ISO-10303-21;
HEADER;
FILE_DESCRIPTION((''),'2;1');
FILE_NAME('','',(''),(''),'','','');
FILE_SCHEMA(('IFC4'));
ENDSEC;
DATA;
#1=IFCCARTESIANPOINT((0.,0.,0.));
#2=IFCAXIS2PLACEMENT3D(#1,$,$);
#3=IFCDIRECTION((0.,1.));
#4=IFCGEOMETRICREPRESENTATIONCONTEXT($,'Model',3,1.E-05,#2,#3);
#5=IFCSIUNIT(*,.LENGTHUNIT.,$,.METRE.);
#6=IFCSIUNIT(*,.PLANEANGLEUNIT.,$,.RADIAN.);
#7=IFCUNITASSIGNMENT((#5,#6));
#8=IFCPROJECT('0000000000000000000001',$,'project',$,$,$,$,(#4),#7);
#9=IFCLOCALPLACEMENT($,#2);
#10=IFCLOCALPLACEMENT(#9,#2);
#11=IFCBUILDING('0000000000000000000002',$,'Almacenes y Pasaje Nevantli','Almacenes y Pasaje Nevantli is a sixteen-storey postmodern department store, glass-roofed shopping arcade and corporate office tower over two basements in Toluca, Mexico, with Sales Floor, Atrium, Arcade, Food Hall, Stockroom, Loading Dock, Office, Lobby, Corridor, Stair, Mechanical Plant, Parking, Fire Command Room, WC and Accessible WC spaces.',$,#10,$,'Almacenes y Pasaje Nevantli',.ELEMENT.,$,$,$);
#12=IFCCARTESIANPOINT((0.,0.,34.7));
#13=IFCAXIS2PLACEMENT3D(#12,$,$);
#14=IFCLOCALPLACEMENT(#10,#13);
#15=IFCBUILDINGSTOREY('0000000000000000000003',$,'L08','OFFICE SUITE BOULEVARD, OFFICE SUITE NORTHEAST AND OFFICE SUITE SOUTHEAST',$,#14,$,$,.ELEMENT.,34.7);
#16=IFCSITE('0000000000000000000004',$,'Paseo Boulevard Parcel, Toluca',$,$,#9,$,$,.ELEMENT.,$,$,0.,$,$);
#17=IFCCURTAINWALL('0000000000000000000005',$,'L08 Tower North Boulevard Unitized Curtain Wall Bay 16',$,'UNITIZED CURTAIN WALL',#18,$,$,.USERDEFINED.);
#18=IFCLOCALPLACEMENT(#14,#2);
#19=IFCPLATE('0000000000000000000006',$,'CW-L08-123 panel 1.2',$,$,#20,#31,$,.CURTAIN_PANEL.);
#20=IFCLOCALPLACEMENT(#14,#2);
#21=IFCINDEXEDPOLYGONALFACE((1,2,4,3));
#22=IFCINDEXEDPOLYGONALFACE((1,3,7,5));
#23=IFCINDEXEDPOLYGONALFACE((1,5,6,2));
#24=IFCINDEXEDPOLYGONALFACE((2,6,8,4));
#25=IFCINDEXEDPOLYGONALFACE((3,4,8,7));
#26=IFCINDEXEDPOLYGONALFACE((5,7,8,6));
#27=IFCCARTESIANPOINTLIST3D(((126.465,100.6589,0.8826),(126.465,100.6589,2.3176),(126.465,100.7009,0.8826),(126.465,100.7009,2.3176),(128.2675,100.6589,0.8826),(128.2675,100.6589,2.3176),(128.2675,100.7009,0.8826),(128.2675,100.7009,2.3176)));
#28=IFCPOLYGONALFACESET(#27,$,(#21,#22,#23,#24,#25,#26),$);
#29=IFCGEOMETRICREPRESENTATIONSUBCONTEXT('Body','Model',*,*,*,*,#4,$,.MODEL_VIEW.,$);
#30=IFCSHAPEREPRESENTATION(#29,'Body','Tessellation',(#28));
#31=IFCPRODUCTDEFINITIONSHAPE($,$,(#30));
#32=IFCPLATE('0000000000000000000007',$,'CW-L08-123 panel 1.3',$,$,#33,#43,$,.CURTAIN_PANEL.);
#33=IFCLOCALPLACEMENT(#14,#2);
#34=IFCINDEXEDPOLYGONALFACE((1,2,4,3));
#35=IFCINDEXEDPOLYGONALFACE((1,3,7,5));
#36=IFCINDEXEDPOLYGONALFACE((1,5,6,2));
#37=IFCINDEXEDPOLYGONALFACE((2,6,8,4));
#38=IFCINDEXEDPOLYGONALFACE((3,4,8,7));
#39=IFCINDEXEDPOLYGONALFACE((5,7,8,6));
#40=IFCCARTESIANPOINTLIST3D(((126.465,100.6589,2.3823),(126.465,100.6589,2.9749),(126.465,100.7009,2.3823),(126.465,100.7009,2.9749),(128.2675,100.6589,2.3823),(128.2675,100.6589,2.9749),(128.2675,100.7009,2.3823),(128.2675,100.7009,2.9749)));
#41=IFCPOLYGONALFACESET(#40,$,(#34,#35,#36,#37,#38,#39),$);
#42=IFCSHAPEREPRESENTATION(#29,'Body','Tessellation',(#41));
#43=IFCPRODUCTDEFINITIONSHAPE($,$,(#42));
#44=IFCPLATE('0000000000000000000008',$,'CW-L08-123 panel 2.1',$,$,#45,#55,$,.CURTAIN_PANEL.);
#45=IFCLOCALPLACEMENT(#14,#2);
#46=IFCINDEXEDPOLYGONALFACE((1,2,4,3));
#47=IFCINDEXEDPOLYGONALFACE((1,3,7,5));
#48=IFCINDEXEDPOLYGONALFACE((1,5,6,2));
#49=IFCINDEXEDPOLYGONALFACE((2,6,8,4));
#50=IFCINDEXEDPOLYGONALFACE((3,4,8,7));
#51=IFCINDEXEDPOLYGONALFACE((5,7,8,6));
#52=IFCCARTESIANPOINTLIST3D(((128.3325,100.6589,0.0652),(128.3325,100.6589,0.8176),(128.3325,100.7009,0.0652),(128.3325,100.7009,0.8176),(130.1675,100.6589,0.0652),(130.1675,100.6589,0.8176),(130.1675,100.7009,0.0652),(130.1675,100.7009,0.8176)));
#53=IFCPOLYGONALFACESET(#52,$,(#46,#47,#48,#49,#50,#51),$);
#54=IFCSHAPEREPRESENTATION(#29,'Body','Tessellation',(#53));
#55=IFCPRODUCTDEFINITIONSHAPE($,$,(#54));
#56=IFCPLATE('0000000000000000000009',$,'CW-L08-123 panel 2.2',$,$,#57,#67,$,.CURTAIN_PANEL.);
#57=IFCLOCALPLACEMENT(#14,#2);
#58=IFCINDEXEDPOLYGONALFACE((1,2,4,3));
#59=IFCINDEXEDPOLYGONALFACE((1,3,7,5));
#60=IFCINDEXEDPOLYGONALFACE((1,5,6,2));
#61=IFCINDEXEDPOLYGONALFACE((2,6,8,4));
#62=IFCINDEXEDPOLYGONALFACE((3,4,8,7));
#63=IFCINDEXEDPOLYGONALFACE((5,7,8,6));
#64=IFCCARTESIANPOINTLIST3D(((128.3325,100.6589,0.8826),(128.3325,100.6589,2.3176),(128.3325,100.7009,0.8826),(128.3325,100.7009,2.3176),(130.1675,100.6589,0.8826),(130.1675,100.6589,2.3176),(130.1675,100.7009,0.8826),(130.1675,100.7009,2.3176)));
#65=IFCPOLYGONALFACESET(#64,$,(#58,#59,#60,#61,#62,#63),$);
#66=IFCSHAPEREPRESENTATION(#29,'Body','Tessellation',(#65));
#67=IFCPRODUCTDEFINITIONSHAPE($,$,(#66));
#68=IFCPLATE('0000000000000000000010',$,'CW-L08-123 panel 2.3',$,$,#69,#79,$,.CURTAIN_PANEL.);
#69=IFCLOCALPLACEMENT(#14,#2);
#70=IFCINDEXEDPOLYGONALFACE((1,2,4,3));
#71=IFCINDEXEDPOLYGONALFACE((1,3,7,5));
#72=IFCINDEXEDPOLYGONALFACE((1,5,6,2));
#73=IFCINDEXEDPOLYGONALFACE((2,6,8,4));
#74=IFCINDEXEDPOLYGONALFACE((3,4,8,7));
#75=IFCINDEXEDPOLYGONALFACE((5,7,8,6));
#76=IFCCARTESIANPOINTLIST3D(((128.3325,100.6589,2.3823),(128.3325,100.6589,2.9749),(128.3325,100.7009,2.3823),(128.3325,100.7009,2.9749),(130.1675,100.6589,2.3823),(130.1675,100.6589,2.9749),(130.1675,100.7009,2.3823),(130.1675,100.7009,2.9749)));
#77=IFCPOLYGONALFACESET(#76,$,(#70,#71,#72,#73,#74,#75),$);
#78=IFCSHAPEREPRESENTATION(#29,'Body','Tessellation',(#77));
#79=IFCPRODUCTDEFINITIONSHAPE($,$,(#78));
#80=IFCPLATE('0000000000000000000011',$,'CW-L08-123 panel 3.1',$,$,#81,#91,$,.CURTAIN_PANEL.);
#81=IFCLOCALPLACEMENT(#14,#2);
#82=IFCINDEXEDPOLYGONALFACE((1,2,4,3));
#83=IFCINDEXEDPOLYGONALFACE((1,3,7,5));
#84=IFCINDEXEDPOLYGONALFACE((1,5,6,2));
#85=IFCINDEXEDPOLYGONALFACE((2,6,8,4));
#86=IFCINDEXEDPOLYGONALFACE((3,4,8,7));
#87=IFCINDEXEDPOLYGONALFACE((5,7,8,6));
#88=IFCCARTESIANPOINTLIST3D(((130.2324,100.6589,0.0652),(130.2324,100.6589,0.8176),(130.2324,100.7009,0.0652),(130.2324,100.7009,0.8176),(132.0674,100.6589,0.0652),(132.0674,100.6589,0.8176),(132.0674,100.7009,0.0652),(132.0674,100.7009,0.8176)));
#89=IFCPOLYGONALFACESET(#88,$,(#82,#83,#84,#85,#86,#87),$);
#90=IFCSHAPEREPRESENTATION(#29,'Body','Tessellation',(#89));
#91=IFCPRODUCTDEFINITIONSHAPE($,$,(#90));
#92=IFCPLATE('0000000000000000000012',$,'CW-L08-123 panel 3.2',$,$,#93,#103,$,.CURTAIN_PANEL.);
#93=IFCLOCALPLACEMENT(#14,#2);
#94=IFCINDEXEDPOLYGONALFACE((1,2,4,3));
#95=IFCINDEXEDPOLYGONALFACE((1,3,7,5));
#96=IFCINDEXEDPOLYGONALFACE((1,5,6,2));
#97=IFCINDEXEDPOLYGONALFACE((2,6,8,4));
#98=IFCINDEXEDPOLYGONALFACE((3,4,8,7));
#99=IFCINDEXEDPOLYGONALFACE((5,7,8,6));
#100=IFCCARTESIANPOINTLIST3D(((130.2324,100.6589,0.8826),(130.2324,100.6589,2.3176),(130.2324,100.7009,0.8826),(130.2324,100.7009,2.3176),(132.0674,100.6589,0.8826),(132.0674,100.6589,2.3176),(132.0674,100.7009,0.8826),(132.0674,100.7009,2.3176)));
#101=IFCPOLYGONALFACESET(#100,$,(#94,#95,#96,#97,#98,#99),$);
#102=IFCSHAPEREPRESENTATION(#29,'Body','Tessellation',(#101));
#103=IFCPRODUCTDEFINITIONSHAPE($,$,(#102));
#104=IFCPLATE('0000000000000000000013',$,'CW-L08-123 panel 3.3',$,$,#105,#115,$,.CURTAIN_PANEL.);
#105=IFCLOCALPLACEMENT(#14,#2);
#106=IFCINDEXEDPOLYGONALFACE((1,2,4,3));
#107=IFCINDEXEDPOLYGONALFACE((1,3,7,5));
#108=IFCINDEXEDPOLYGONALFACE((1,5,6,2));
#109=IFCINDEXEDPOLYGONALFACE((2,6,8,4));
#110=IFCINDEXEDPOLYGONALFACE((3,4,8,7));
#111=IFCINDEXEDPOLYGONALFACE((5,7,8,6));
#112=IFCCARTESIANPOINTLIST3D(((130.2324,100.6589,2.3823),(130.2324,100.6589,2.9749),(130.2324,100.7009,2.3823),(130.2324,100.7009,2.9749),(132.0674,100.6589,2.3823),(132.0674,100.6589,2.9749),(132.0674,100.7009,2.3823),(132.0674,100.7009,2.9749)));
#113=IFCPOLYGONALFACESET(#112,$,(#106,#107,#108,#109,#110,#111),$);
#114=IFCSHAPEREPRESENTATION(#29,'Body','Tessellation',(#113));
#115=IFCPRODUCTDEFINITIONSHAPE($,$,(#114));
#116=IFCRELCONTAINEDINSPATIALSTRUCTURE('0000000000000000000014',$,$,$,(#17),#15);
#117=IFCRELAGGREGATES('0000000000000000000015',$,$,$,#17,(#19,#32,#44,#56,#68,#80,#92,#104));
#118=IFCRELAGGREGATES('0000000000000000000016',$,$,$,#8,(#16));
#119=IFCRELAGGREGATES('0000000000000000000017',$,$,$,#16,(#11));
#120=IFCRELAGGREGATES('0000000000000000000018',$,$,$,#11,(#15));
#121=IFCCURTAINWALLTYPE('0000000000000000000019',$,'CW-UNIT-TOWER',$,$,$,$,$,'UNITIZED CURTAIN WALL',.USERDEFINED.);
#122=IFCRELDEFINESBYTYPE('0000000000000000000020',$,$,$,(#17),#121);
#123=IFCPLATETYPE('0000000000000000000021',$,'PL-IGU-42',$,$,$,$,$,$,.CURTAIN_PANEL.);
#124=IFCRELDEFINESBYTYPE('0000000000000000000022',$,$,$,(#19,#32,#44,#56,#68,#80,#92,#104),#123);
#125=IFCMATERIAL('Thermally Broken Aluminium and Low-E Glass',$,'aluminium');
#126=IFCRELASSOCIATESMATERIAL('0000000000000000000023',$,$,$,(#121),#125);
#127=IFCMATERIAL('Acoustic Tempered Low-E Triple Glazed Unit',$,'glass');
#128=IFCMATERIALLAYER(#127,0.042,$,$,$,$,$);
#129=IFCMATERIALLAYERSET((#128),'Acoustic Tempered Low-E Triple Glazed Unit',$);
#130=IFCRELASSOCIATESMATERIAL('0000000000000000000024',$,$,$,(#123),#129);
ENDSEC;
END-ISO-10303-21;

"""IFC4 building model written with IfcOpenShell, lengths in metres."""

from ifc_helpers import new_model, si_unit, direction, frame, origin, origin_2d, place, context, subcontext, project, spatial, rectangle, extrude, material, layer, layer_set, type_object, element, aggregate, save


model = new_model("IFC4")

# Units and contexts
model_context = context("Model", 3, precision=1e-05, world=origin(), true_north=direction((0.0, 1.0)))
body_context = subcontext(model_context, "Body", "Model", "MODEL_VIEW")
ifc_project = project(units=[si_unit("LENGTHUNIT", "METRE"), si_unit("PLANEANGLEUNIT", "RADIAN")], contexts=[model_context])

# Site, building, storey
site_placement = place(None, origin())
site = spatial("IfcSite", under=ifc_project, at=site_placement, Name="Paseo Boulevard Parcel, Toluca", CompositionType="ELEMENT", RefElevation=0.0)
building_placement = place(site_placement, origin())
building = spatial("IfcBuilding", under=site, at=building_placement, Name="Almacenes y Pasaje Nevantli", Description="Almacenes y Pasaje Nevantli is a sixteen-storey postmodern department store, glass-roofed shopping arcade and corporate office tower over two basements in Toluca, Mexico, with Sales Floor, Atrium, Arcade, Food Hall, Stockroom, Loading Dock, Office, Lobby, Corridor, Stair, Mechanical Plant, Parking, Fire Command Room, WC and Accessible WC spaces.", LongName="Almacenes y Pasaje Nevantli", CompositionType="ELEMENT")
storey_placement = place(building_placement, frame((0.0, 0.0, 34.7)))
storey = spatial("IfcBuildingStorey", under=building, at=storey_placement, Name="L08", Description="OFFICE SUITE BOULEVARD, OFFICE SUITE NORTHEAST AND OFFICE SUITE SOUTHEAST", CompositionType="ELEMENT", Elevation=34.7)

# Curtain wall, plates
ifc_material_1 = material(Name="Thermally Broken Aluminium and Low-E Glass", Category="aluminium")
curtain_wall_type = type_object("IfcCurtainWallType", Name="CW-UNIT-TOWER", ElementType="UNITIZED CURTAIN WALL", PredefinedType="USERDEFINED", material=ifc_material_1)
curtain_wall_placement = place(storey_placement, origin())
curtain_wall = element("IfcCurtainWall", 1, at=curtain_wall_placement, inside=storey, type_object=curtain_wall_type, Name="L08 Tower North Boulevard Unitized Curtain Wall Bay 16", ObjectType="UNITIZED CURTAIN WALL", PredefinedType="USERDEFINED")
ifc_material_2 = material(Name="Acoustic Tempered Low-E Triple Glazed Unit", Category="glass")
ifc_layer = layer(ifc_material_2, 0.042)
ifc_layer_set = layer_set([ifc_layer], Name="Acoustic Tempered Low-E Triple Glazed Unit")
plate_type = type_object("IfcPlateType", Name="PL-IGU-42", PredefinedType="CURTAIN_PANEL", material=ifc_layer_set)
plate_1_placement = place(storey_placement, frame((127.3662, 100.6799, 0.8826), z_axis=(0.0, 0.0, 1.0), x_axis=(1.0, 0.0, 0.0)))
plate_1 = element("IfcPlate", 2, at=plate_1_placement, type_object=plate_type, Name="CW-L08-123 panel 1.2", PredefinedType="CURTAIN_PANEL", context=body_context, shape_type="SweptSolid", body=[
    extrude(rectangle(XDim=1.8025, YDim=0.042, at=origin_2d()), origin(), (0.0, 0.0, 1.0), 1.4351),
])
plate_2_placement = place(storey_placement, frame((127.3662, 100.6799, 2.3823), z_axis=(0.0, 0.0, 1.0), x_axis=(1.0, 0.0, 0.0)))
plate_2 = element("IfcPlate", 3, at=plate_2_placement, type_object=plate_type, Name="CW-L08-123 panel 1.3", PredefinedType="CURTAIN_PANEL", context=body_context, shape_type="SweptSolid", body=[
    extrude(rectangle(XDim=1.8025, YDim=0.042, at=origin_2d()), origin(), (0.0, 0.0, 1.0), 0.5925),
])
plate_3_placement = place(storey_placement, frame((129.25, 100.6799, 0.0652), z_axis=(0.0, 0.0, 1.0), x_axis=(1.0, 0.0, 0.0)))
plate_3 = element("IfcPlate", 4, at=plate_3_placement, type_object=plate_type, Name="CW-L08-123 panel 2.1", PredefinedType="CURTAIN_PANEL", context=body_context, shape_type="SweptSolid", body=[
    extrude(rectangle(XDim=1.835, YDim=0.042, at=origin_2d()), origin(), (0.0, 0.0, 1.0), 0.7524),
])
plate_4_placement = place(storey_placement, frame((129.25, 100.6799, 0.8826), z_axis=(0.0, 0.0, 1.0), x_axis=(1.0, 0.0, 0.0)))
plate_4 = element("IfcPlate", 5, at=plate_4_placement, type_object=plate_type, Name="CW-L08-123 panel 2.2", PredefinedType="CURTAIN_PANEL", context=body_context, shape_type="SweptSolid", body=[
    extrude(rectangle(XDim=1.835, YDim=0.042, at=origin_2d()), origin(), (0.0, 0.0, 1.0), 1.4351),
])
plate_5_placement = place(storey_placement, frame((129.25, 100.6799, 2.3823), z_axis=(0.0, 0.0, 1.0), x_axis=(1.0, 0.0, 0.0)))
plate_5 = element("IfcPlate", 6, at=plate_5_placement, type_object=plate_type, Name="CW-L08-123 panel 2.3", PredefinedType="CURTAIN_PANEL", context=body_context, shape_type="SweptSolid", body=[
    extrude(rectangle(XDim=1.835, YDim=0.042, at=origin_2d()), origin(), (0.0, 0.0, 1.0), 0.5925),
])
plate_6_placement = place(storey_placement, frame((131.1499, 100.6799, 0.0652), z_axis=(0.0, 0.0, 1.0), x_axis=(1.0, 0.0, 0.0)))
plate_6 = element("IfcPlate", 7, at=plate_6_placement, type_object=plate_type, Name="CW-L08-123 panel 3.1", PredefinedType="CURTAIN_PANEL", context=body_context, shape_type="SweptSolid", body=[
    extrude(rectangle(XDim=1.835, YDim=0.042, at=origin_2d()), origin(), (0.0, 0.0, 1.0), 0.7524),
])
plate_7_placement = place(storey_placement, frame((131.1499, 100.6799, 0.8826), z_axis=(0.0, 0.0, 1.0), x_axis=(1.0, 0.0, 0.0)))
plate_7 = element("IfcPlate", 8, at=plate_7_placement, type_object=plate_type, Name="CW-L08-123 panel 3.2", PredefinedType="CURTAIN_PANEL", context=body_context, shape_type="SweptSolid", body=[
    extrude(rectangle(XDim=1.835, YDim=0.042, at=origin_2d()), origin(), (0.0, 0.0, 1.0), 1.4351),
])
plate_8_placement = place(storey_placement, frame((131.1499, 100.6799, 2.3823), z_axis=(0.0, 0.0, 1.0), x_axis=(1.0, 0.0, 0.0)))
plate_8 = element("IfcPlate", 9, at=plate_8_placement, type_object=plate_type, Name="CW-L08-123 panel 3.3", PredefinedType="CURTAIN_PANEL", context=body_context, shape_type="SweptSolid", body=[
    extrude(rectangle(XDim=1.835, YDim=0.042, at=origin_2d()), origin(), (0.0, 0.0, 1.0), 0.5925),
])
aggregate(curtain_wall, [plate_1, plate_2, plate_3, plate_4, plate_5, plate_6, plate_7, plate_8])

save(model, "model.ifc")
